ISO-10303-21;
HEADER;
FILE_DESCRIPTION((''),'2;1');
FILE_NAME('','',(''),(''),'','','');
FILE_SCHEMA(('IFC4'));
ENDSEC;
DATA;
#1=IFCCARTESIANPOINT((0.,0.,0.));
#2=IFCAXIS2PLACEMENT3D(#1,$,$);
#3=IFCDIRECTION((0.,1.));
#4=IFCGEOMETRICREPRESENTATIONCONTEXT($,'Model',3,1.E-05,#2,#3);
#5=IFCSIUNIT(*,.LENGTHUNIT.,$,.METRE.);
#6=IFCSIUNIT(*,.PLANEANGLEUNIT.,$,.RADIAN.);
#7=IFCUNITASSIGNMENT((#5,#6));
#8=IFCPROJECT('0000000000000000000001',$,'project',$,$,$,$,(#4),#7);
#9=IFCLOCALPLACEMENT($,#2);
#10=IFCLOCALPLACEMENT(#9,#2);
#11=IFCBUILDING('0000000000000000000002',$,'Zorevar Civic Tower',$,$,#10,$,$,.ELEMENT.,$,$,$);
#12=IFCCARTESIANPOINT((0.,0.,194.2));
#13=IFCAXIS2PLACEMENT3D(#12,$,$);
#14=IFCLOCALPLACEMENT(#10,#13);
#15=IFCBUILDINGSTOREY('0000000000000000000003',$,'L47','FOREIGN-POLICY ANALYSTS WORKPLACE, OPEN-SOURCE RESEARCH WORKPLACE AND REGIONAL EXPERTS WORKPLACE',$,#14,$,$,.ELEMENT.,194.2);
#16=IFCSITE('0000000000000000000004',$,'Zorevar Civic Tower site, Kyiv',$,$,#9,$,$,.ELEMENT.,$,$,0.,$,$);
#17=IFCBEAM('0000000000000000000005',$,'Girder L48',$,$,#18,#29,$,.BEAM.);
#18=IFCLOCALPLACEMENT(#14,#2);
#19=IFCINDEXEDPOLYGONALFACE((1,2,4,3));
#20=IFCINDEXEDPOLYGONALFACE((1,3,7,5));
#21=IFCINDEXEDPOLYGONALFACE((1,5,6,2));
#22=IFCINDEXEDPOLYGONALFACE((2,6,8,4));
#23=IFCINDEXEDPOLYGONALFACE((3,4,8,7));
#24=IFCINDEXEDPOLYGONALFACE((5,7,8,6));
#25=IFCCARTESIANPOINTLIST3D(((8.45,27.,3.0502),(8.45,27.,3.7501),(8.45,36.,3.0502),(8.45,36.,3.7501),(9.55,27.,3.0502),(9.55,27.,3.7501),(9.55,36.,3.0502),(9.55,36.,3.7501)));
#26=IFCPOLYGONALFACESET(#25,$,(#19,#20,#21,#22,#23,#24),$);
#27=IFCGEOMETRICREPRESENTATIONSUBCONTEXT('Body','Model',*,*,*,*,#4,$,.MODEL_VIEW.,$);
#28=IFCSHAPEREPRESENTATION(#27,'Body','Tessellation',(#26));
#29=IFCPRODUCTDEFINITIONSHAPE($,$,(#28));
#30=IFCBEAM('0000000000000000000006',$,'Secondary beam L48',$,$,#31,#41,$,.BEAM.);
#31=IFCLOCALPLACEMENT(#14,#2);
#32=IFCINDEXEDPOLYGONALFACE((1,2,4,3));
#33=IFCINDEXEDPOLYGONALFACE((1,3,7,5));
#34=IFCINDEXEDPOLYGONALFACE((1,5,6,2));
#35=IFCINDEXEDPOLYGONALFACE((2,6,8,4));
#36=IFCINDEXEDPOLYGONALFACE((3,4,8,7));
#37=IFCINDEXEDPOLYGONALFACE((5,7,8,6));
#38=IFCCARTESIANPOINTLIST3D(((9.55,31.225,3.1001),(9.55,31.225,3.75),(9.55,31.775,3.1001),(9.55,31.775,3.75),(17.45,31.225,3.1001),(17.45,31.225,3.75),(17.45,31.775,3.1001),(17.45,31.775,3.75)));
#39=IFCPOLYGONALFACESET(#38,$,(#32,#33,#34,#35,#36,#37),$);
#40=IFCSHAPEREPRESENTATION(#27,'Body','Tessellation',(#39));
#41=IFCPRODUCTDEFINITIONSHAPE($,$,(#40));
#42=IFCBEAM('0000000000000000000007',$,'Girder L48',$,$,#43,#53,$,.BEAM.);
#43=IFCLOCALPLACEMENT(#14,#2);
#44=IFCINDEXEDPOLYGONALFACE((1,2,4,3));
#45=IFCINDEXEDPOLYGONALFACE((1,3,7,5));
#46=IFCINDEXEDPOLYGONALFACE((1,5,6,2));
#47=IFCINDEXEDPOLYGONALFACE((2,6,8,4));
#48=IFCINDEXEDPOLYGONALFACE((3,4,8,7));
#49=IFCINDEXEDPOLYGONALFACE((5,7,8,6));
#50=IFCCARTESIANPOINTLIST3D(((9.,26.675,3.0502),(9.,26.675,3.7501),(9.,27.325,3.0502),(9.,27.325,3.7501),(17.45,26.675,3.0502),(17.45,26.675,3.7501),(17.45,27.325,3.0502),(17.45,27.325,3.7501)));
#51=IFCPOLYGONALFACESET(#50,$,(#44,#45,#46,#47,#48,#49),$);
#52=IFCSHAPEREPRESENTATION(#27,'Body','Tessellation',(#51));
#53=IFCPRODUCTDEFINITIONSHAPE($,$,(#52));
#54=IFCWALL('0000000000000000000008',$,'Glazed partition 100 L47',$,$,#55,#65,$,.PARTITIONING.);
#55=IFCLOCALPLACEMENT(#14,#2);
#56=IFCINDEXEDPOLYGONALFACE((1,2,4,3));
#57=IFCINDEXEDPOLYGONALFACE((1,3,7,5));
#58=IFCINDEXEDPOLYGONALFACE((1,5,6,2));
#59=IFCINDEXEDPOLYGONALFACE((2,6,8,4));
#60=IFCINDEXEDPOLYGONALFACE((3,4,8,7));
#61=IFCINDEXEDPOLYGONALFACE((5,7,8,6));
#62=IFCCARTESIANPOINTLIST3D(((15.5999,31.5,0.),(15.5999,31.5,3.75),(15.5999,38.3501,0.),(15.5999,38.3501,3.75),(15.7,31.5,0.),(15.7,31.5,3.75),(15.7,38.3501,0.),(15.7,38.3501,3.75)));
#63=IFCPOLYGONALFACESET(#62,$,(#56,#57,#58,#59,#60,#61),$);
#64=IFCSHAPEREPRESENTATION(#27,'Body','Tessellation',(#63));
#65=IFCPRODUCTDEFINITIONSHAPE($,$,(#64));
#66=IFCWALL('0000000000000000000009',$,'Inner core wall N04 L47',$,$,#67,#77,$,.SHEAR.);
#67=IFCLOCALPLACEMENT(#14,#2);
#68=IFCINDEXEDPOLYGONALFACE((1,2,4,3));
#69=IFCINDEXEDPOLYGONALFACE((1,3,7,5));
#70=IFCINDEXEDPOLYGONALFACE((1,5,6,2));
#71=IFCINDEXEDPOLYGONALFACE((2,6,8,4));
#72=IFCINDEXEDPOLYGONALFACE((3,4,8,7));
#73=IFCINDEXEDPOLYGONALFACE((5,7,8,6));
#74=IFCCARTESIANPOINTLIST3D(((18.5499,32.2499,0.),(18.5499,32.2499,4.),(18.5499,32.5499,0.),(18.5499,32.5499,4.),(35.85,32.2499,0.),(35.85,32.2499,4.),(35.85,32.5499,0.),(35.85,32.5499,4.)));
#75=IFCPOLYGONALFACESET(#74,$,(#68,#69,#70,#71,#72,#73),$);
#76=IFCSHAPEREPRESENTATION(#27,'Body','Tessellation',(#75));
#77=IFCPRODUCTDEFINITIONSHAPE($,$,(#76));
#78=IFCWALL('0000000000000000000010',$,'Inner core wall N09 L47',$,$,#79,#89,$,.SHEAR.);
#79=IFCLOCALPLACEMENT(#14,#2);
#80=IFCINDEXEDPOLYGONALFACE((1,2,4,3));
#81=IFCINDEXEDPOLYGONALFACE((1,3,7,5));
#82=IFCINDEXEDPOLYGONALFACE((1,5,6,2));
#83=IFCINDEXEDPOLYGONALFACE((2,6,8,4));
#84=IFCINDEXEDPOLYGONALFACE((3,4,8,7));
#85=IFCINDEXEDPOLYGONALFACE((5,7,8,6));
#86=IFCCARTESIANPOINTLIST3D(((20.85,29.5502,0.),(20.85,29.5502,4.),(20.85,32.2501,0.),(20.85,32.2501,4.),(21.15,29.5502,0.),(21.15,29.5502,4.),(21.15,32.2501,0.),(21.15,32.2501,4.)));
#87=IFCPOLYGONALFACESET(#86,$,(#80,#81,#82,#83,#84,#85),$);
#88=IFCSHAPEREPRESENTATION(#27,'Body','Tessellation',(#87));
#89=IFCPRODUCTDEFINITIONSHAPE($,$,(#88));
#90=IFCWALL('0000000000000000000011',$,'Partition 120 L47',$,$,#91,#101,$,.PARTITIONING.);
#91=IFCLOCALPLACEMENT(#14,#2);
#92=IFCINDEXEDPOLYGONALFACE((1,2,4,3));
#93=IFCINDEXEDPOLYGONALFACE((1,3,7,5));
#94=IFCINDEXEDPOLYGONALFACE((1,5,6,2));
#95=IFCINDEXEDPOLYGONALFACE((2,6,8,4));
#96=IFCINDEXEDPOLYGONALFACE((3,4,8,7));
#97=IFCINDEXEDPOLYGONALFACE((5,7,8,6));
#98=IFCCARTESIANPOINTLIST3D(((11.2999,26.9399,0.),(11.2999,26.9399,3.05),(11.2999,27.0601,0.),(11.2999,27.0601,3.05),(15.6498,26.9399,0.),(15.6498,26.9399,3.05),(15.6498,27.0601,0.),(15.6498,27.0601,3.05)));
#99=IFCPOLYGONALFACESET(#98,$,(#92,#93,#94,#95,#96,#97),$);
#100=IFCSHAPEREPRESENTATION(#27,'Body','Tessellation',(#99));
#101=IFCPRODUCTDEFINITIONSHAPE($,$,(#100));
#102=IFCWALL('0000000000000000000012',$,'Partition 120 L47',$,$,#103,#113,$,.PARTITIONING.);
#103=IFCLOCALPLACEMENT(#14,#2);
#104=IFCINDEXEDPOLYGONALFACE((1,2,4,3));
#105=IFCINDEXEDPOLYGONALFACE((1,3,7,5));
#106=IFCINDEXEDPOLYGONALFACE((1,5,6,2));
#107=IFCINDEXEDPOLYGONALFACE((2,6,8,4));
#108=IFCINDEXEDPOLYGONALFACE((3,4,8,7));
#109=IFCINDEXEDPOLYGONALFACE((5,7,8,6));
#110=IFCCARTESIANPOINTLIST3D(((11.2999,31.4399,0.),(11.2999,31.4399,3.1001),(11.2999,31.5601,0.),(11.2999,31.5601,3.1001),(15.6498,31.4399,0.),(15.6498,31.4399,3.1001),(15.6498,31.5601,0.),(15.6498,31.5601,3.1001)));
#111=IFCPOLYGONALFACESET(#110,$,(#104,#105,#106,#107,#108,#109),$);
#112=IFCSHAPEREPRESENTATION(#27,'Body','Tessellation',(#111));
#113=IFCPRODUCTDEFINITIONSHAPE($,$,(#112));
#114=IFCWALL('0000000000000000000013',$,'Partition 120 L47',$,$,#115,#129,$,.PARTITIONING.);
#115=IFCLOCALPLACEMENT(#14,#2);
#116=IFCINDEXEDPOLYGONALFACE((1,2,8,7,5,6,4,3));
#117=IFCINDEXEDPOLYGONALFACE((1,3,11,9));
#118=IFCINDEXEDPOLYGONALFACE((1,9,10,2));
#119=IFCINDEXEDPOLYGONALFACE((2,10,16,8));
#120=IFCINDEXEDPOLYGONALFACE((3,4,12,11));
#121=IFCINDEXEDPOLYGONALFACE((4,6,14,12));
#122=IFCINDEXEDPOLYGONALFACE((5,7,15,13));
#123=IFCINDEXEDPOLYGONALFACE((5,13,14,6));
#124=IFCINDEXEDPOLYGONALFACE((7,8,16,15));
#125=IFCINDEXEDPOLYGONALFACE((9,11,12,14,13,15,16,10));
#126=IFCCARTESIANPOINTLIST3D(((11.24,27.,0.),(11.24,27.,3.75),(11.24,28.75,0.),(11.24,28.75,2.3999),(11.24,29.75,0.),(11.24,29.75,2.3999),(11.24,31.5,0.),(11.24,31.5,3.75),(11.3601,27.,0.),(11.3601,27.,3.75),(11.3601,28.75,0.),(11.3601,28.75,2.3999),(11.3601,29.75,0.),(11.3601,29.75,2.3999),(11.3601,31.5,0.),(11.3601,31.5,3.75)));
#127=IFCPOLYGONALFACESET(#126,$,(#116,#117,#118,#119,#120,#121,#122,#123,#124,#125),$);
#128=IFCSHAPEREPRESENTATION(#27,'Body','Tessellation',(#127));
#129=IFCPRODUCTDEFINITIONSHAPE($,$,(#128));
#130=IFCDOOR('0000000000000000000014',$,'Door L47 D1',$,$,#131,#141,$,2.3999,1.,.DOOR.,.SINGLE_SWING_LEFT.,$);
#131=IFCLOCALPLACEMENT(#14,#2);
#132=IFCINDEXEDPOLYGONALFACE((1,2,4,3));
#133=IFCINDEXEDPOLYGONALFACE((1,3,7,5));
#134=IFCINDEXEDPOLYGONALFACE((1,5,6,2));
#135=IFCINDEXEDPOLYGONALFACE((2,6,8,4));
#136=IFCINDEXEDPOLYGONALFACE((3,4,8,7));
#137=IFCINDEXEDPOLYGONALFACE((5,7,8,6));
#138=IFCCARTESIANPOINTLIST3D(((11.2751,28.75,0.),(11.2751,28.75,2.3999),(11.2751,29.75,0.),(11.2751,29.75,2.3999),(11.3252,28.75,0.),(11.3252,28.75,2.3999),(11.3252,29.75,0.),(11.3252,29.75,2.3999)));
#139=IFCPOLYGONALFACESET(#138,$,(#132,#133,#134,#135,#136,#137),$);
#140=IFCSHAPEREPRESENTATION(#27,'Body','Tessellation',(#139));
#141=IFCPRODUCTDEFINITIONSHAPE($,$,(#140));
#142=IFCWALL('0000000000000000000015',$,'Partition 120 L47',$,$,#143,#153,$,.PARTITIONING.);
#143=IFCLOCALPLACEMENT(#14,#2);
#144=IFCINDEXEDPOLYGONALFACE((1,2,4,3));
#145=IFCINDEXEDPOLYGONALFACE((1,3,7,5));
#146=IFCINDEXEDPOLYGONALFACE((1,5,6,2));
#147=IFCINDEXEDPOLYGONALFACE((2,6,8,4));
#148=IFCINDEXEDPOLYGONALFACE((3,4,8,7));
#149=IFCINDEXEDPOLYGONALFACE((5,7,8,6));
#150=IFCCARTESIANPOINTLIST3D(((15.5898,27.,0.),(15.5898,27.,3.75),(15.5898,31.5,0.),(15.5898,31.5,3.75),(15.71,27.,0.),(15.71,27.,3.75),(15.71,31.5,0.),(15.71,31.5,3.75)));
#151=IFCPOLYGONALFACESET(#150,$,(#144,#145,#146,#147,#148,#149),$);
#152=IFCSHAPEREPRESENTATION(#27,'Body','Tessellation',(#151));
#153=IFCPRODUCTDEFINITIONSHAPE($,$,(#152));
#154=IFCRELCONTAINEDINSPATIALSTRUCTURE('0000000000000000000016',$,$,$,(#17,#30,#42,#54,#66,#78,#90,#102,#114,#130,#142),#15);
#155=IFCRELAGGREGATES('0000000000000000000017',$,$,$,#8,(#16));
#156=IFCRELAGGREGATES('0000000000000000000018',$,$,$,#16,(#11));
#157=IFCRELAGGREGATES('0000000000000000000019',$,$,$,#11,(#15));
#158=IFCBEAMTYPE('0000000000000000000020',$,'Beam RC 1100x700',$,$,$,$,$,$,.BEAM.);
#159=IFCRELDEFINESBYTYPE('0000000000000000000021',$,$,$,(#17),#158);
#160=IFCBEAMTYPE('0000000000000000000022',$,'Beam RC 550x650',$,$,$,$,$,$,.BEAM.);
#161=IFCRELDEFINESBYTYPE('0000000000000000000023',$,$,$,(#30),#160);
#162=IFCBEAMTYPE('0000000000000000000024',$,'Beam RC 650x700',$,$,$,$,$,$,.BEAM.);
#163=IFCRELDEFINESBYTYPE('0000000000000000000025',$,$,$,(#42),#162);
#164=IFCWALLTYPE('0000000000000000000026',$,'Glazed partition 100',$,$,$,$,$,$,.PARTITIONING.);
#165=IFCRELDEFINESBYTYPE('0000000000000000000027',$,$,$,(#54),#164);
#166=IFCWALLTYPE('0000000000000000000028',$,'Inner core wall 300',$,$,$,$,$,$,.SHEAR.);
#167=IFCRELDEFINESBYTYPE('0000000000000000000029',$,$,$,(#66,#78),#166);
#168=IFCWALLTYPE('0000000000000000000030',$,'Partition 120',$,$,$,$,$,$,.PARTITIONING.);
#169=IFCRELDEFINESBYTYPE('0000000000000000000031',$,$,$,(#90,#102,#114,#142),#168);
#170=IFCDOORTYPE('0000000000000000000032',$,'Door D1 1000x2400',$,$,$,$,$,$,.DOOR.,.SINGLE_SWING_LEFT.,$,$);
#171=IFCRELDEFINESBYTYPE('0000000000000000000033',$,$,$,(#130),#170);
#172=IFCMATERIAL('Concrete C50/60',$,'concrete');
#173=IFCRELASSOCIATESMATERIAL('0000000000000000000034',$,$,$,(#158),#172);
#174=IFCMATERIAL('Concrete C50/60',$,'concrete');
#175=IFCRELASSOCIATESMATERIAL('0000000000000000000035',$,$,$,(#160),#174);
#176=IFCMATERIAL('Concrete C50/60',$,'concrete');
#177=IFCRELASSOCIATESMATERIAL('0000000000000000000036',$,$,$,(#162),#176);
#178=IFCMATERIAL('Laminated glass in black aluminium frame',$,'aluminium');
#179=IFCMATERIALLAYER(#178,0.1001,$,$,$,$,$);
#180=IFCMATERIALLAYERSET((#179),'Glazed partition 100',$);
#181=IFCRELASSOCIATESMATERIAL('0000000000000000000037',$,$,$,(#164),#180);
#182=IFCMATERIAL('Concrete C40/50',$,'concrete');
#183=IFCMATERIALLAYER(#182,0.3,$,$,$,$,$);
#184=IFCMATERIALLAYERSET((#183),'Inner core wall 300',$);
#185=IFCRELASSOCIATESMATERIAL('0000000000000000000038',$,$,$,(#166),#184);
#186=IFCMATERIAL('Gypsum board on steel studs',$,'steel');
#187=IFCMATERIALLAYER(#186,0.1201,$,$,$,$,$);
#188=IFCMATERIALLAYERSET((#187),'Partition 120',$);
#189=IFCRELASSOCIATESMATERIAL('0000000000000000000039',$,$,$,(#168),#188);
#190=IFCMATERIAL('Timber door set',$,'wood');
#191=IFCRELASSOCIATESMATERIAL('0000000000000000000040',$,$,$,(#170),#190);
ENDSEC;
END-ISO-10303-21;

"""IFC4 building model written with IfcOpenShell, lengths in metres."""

from ifc_helpers import new_model, si_unit, direction, frame, frame_2d, origin, origin_2d, place, context, subcontext, project, spatial, rectangle, extrude, material, layer, layer_set, material_profile, profile_set, type_object, element, fill, save


model = new_model("IFC4")

# Units and contexts
model_context = context("Model", 3, precision=1e-05, world=origin(), true_north=direction((0.0, 1.0)))
body_context = subcontext(model_context, "Body", "Model", "MODEL_VIEW")
ifc_project = project(units=[si_unit("LENGTHUNIT", "METRE"), si_unit("PLANEANGLEUNIT", "RADIAN")], contexts=[model_context])

# Site, building, storey
site_placement = place(None, origin())
site = spatial("IfcSite", under=ifc_project, at=site_placement, Name="Zorevar Civic Tower site, Kyiv", CompositionType="ELEMENT", RefElevation=0.0)
building_placement = place(site_placement, origin())
building = spatial("IfcBuilding", under=site, at=building_placement, Name="Zorevar Civic Tower", CompositionType="ELEMENT")
storey_placement = place(building_placement, frame((0.0, 0.0, 194.2)))
storey = spatial("IfcBuildingStorey", under=building, at=storey_placement, Name="L47", Description="FOREIGN-POLICY ANALYSTS WORKPLACE, OPEN-SOURCE RESEARCH WORKPLACE AND REGIONAL EXPERTS WORKPLACE", CompositionType="ELEMENT", Elevation=194.2)

# Beams
ifc_material_1 = material(Name="Concrete C50/60", Category="concrete")
ifc_material_profile_1 = material_profile(ifc_material_1, rectangle(XDim=1.1001, YDim=0.7, at=origin_2d()), Name="RC 1100x700")
ifc_profile_set_1 = profile_set([ifc_material_profile_1], Name="Concrete C50/60")
beam_type_1 = type_object("IfcBeamType", Name="Beam RC 1100x700", PredefinedType="BEAM", material=ifc_profile_set_1)
beam_1_placement = place(storey_placement, frame((9.0, 27.0, 3.4001), z_axis=(0.0, 1.0, 0.0), x_axis=(-1.0, 0.0, 0.0)))
element("IfcBeam", 1, at=beam_1_placement, inside=storey, type_object=beam_type_1, Name="Girder L48", PredefinedType="BEAM", context=body_context, shape_type="SweptSolid", body=[
    extrude(rectangle(XDim=1.1001, YDim=0.7, at=origin_2d()), origin(), (0.0, 0.0, 1.0), 9.0),
])
ifc_material_2 = material(Name="Concrete C50/60", Category="concrete")
ifc_material_profile_2 = material_profile(ifc_material_2, rectangle(XDim=0.55, YDim=0.6499, at=origin_2d()), Name="RC 550x650")
ifc_profile_set_2 = profile_set([ifc_material_profile_2], Name="Concrete C50/60")
beam_type_2 = type_object("IfcBeamType", Name="Beam RC 550x650", PredefinedType="BEAM", material=ifc_profile_set_2)
beam_2_placement = place(storey_placement, frame((9.55, 31.5, 3.425), z_axis=(1.0, 0.0, 0.0), x_axis=(0.0, 1.0, 0.0)))
element("IfcBeam", 2, at=beam_2_placement, inside=storey, type_object=beam_type_2, Name="Secondary beam L48", PredefinedType="BEAM", context=body_context, shape_type="SweptSolid", body=[
    extrude(rectangle(XDim=0.55, YDim=0.6499, at=origin_2d()), origin(), (0.0, 0.0, 1.0), 7.8999),
])
ifc_material_3 = material(Name="Concrete C50/60", Category="concrete")
ifc_material_profile_3 = material_profile(ifc_material_3, rectangle(XDim=0.6499, YDim=0.7, at=origin_2d()), Name="RC 650x700")
ifc_profile_set_3 = profile_set([ifc_material_profile_3], Name="Concrete C50/60")
beam_type_3 = type_object("IfcBeamType", Name="Beam RC 650x700", PredefinedType="BEAM", material=ifc_profile_set_3)
beam_3_placement = place(storey_placement, frame((9.0, 27.0, 3.4001), z_axis=(1.0, 0.0, 0.0), x_axis=(0.0, 1.0, 0.0)))
element("IfcBeam", 3, at=beam_3_placement, inside=storey, type_object=beam_type_3, Name="Girder L48", PredefinedType="BEAM", context=body_context, shape_type="SweptSolid", body=[
    extrude(rectangle(XDim=0.6499, YDim=0.7, at=origin_2d()), origin(), (0.0, 0.0, 1.0), 8.45),
])

# Wall
ifc_material_4 = material(Name="Laminated glass in black aluminium frame", Category="aluminium")
ifc_layer_1 = layer(ifc_material_4, 0.1001)
ifc_layer_set_1 = layer_set([ifc_layer_1], Name="Glazed partition 100")
wall_type_1 = type_object("IfcWallType", Name="Glazed partition 100", PredefinedType="PARTITIONING", material=ifc_layer_set_1)
wall_1_placement = place(storey_placement, frame((15.6499, 31.5, 0.0), z_axis=(0.0, 0.0, 1.0), x_axis=(0.0, 1.0, 0.0)))
element("IfcWall", 4, at=wall_1_placement, inside=storey, type_object=wall_type_1, Name="Glazed partition 100 L47", PredefinedType="PARTITIONING", context=body_context, shape_type="SweptSolid", body=[
    extrude(rectangle(XDim=6.8501, YDim=0.1001, at=frame_2d((3.425, 0.0))), origin(), (0.0, 0.0, 1.0), 3.75),
])

# Shared definitions
ifc_material_5 = material(Name="Concrete C40/50", Category="concrete")
ifc_layer_2 = layer(ifc_material_5, 0.3)
ifc_layer_set_2 = layer_set([ifc_layer_2], Name="Inner core wall 300")
wall_type_2 = type_object("IfcWallType", Name="Inner core wall 300", PredefinedType="SHEAR", material=ifc_layer_set_2)

# Walls
wall_2_placement = place(storey_placement, frame((18.55, 32.3999, 0.0), z_axis=(0.0, 0.0, 1.0), x_axis=(1.0, 0.0, 0.0)))
element("IfcWall", 5, at=wall_2_placement, inside=storey, type_object=wall_type_2, Name="Inner core wall N04 L47", PredefinedType="SHEAR", context=body_context, shape_type="SweptSolid", body=[
    extrude(rectangle(XDim=17.3, YDim=0.3, at=frame_2d((8.6499, 0.0))), origin(), (0.0, 0.0, 1.0), 4.0),
])
wall_3_placement = place(storey_placement, frame((21.0, 29.55, 0.0), z_axis=(0.0, 0.0, 1.0), x_axis=(0.0, 1.0, 0.0)))
element("IfcWall", 6, at=wall_3_placement, inside=storey, type_object=wall_type_2, Name="Inner core wall N09 L47", PredefinedType="SHEAR", context=body_context, shape_type="SweptSolid", body=[
    extrude(rectangle(XDim=2.7, YDim=0.3, at=frame_2d((1.3501, 0.0))), origin(), (0.0, 0.0, 1.0), 4.0),
])
ifc_material_6 = material(Name="Gypsum board on steel studs", Category="steel")
ifc_layer_3 = layer(ifc_material_6, 0.1201)
ifc_layer_set_3 = layer_set([ifc_layer_3], Name="Partition 120")
wall_type_3 = type_object("IfcWallType", Name="Partition 120", PredefinedType="PARTITIONING", material=ifc_layer_set_3)
wall_4_placement = place(storey_placement, frame((11.3, 27.0, 0.0), z_axis=(0.0, 0.0, 1.0), x_axis=(1.0, 0.0, 0.0)))
element("IfcWall", 7, at=wall_4_placement, inside=storey, type_object=wall_type_3, Name="Partition 120 L47", PredefinedType="PARTITIONING", context=body_context, shape_type="SweptSolid", body=[
    extrude(rectangle(XDim=4.3499, YDim=0.1201, at=frame_2d((2.1748, 0.0))), origin(), (0.0, 0.0, 1.0), 3.05),
])
wall_5_placement = place(storey_placement, frame((11.3, 31.5, 0.0), z_axis=(0.0, 0.0, 1.0), x_axis=(1.0, 0.0, 0.0)))
element("IfcWall", 8, at=wall_5_placement, inside=storey, type_object=wall_type_3, Name="Partition 120 L47", PredefinedType="PARTITIONING", context=body_context, shape_type="SweptSolid", body=[
    extrude(rectangle(XDim=4.3499, YDim=0.1201, at=frame_2d((2.1748, 0.0))), origin(), (0.0, 0.0, 1.0), 3.1001),
])

# Wall, opening, door
wall_6_placement = place(storey_placement, frame((11.3, 27.0, 0.0), z_axis=(0.0, 0.0, 1.0), x_axis=(0.0, 1.0, 0.0)))
wall_6 = element("IfcWall", 9, at=wall_6_placement, inside=storey, type_object=wall_type_3, Name="Partition 120 L47", PredefinedType="PARTITIONING", context=body_context, shape_type="SweptSolid", body=[
    extrude(rectangle(XDim=4.5, YDim=0.1201, at=frame_2d((2.25, 0.0))), origin(), (0.0, 0.0, 1.0), 3.75),
])
opening_1_placement = place(wall_6_placement, frame((1.75, 0.0, 0.0)))
opening_1 = element("IfcOpeningElement", 10, at=opening_1_placement, cuts=wall_6, PredefinedType="OPENING", context=body_context, shape_type="SweptSolid", body=[
    extrude(rectangle(XDim=1.0, YDim=2.3999, at=frame_2d((0.5, 1.2))), frame((0.0, 0.0701, 0.0), z_axis=(0.0, -1.0, 0.0), x_axis=(1.0, 0.0, 0.0)), (0.0, 0.0, 1.0), 0.1401),
])
ifc_material_7 = material(Name="Timber door set", Category="wood")
door_type_1 = type_object("IfcDoorType", Name="Door D1 1000x2400", OperationType="SINGLE_SWING_LEFT", PredefinedType="DOOR", material=ifc_material_7)
door_1_placement = place(opening_1_placement, origin())
door_1 = element("IfcDoor", 11, at=door_1_placement, inside=storey, type_object=door_type_1, Name="Door L47 D1", OperationType="SINGLE_SWING_LEFT", OverallHeight=2.3999, OverallWidth=1.0, PredefinedType="DOOR", context=body_context, shape_type="SweptSolid", body=[
    extrude(rectangle(XDim=1.0, YDim=2.3999, at=frame_2d((0.5, 1.2))), frame((0.0, 0.0249, 0.0), z_axis=(0.0, -1.0, 0.0), x_axis=(1.0, 0.0, 0.0)), (0.0, 0.0, 1.0), 0.05),
])
fill(opening_1, door_1)

# Wall
wall_7_placement = place(storey_placement, frame((15.6499, 27.0, 0.0), z_axis=(0.0, 0.0, 1.0), x_axis=(0.0, 1.0, 0.0)))
element("IfcWall", 12, at=wall_7_placement, inside=storey, type_object=wall_type_3, Name="Partition 120 L47", PredefinedType="PARTITIONING", context=body_context, shape_type="SweptSolid", body=[
    extrude(rectangle(XDim=4.5, YDim=0.1201, at=frame_2d((2.25, 0.0))), origin(), (0.0, 0.0, 1.0), 3.75),
])

save(model, "model.ifc")
